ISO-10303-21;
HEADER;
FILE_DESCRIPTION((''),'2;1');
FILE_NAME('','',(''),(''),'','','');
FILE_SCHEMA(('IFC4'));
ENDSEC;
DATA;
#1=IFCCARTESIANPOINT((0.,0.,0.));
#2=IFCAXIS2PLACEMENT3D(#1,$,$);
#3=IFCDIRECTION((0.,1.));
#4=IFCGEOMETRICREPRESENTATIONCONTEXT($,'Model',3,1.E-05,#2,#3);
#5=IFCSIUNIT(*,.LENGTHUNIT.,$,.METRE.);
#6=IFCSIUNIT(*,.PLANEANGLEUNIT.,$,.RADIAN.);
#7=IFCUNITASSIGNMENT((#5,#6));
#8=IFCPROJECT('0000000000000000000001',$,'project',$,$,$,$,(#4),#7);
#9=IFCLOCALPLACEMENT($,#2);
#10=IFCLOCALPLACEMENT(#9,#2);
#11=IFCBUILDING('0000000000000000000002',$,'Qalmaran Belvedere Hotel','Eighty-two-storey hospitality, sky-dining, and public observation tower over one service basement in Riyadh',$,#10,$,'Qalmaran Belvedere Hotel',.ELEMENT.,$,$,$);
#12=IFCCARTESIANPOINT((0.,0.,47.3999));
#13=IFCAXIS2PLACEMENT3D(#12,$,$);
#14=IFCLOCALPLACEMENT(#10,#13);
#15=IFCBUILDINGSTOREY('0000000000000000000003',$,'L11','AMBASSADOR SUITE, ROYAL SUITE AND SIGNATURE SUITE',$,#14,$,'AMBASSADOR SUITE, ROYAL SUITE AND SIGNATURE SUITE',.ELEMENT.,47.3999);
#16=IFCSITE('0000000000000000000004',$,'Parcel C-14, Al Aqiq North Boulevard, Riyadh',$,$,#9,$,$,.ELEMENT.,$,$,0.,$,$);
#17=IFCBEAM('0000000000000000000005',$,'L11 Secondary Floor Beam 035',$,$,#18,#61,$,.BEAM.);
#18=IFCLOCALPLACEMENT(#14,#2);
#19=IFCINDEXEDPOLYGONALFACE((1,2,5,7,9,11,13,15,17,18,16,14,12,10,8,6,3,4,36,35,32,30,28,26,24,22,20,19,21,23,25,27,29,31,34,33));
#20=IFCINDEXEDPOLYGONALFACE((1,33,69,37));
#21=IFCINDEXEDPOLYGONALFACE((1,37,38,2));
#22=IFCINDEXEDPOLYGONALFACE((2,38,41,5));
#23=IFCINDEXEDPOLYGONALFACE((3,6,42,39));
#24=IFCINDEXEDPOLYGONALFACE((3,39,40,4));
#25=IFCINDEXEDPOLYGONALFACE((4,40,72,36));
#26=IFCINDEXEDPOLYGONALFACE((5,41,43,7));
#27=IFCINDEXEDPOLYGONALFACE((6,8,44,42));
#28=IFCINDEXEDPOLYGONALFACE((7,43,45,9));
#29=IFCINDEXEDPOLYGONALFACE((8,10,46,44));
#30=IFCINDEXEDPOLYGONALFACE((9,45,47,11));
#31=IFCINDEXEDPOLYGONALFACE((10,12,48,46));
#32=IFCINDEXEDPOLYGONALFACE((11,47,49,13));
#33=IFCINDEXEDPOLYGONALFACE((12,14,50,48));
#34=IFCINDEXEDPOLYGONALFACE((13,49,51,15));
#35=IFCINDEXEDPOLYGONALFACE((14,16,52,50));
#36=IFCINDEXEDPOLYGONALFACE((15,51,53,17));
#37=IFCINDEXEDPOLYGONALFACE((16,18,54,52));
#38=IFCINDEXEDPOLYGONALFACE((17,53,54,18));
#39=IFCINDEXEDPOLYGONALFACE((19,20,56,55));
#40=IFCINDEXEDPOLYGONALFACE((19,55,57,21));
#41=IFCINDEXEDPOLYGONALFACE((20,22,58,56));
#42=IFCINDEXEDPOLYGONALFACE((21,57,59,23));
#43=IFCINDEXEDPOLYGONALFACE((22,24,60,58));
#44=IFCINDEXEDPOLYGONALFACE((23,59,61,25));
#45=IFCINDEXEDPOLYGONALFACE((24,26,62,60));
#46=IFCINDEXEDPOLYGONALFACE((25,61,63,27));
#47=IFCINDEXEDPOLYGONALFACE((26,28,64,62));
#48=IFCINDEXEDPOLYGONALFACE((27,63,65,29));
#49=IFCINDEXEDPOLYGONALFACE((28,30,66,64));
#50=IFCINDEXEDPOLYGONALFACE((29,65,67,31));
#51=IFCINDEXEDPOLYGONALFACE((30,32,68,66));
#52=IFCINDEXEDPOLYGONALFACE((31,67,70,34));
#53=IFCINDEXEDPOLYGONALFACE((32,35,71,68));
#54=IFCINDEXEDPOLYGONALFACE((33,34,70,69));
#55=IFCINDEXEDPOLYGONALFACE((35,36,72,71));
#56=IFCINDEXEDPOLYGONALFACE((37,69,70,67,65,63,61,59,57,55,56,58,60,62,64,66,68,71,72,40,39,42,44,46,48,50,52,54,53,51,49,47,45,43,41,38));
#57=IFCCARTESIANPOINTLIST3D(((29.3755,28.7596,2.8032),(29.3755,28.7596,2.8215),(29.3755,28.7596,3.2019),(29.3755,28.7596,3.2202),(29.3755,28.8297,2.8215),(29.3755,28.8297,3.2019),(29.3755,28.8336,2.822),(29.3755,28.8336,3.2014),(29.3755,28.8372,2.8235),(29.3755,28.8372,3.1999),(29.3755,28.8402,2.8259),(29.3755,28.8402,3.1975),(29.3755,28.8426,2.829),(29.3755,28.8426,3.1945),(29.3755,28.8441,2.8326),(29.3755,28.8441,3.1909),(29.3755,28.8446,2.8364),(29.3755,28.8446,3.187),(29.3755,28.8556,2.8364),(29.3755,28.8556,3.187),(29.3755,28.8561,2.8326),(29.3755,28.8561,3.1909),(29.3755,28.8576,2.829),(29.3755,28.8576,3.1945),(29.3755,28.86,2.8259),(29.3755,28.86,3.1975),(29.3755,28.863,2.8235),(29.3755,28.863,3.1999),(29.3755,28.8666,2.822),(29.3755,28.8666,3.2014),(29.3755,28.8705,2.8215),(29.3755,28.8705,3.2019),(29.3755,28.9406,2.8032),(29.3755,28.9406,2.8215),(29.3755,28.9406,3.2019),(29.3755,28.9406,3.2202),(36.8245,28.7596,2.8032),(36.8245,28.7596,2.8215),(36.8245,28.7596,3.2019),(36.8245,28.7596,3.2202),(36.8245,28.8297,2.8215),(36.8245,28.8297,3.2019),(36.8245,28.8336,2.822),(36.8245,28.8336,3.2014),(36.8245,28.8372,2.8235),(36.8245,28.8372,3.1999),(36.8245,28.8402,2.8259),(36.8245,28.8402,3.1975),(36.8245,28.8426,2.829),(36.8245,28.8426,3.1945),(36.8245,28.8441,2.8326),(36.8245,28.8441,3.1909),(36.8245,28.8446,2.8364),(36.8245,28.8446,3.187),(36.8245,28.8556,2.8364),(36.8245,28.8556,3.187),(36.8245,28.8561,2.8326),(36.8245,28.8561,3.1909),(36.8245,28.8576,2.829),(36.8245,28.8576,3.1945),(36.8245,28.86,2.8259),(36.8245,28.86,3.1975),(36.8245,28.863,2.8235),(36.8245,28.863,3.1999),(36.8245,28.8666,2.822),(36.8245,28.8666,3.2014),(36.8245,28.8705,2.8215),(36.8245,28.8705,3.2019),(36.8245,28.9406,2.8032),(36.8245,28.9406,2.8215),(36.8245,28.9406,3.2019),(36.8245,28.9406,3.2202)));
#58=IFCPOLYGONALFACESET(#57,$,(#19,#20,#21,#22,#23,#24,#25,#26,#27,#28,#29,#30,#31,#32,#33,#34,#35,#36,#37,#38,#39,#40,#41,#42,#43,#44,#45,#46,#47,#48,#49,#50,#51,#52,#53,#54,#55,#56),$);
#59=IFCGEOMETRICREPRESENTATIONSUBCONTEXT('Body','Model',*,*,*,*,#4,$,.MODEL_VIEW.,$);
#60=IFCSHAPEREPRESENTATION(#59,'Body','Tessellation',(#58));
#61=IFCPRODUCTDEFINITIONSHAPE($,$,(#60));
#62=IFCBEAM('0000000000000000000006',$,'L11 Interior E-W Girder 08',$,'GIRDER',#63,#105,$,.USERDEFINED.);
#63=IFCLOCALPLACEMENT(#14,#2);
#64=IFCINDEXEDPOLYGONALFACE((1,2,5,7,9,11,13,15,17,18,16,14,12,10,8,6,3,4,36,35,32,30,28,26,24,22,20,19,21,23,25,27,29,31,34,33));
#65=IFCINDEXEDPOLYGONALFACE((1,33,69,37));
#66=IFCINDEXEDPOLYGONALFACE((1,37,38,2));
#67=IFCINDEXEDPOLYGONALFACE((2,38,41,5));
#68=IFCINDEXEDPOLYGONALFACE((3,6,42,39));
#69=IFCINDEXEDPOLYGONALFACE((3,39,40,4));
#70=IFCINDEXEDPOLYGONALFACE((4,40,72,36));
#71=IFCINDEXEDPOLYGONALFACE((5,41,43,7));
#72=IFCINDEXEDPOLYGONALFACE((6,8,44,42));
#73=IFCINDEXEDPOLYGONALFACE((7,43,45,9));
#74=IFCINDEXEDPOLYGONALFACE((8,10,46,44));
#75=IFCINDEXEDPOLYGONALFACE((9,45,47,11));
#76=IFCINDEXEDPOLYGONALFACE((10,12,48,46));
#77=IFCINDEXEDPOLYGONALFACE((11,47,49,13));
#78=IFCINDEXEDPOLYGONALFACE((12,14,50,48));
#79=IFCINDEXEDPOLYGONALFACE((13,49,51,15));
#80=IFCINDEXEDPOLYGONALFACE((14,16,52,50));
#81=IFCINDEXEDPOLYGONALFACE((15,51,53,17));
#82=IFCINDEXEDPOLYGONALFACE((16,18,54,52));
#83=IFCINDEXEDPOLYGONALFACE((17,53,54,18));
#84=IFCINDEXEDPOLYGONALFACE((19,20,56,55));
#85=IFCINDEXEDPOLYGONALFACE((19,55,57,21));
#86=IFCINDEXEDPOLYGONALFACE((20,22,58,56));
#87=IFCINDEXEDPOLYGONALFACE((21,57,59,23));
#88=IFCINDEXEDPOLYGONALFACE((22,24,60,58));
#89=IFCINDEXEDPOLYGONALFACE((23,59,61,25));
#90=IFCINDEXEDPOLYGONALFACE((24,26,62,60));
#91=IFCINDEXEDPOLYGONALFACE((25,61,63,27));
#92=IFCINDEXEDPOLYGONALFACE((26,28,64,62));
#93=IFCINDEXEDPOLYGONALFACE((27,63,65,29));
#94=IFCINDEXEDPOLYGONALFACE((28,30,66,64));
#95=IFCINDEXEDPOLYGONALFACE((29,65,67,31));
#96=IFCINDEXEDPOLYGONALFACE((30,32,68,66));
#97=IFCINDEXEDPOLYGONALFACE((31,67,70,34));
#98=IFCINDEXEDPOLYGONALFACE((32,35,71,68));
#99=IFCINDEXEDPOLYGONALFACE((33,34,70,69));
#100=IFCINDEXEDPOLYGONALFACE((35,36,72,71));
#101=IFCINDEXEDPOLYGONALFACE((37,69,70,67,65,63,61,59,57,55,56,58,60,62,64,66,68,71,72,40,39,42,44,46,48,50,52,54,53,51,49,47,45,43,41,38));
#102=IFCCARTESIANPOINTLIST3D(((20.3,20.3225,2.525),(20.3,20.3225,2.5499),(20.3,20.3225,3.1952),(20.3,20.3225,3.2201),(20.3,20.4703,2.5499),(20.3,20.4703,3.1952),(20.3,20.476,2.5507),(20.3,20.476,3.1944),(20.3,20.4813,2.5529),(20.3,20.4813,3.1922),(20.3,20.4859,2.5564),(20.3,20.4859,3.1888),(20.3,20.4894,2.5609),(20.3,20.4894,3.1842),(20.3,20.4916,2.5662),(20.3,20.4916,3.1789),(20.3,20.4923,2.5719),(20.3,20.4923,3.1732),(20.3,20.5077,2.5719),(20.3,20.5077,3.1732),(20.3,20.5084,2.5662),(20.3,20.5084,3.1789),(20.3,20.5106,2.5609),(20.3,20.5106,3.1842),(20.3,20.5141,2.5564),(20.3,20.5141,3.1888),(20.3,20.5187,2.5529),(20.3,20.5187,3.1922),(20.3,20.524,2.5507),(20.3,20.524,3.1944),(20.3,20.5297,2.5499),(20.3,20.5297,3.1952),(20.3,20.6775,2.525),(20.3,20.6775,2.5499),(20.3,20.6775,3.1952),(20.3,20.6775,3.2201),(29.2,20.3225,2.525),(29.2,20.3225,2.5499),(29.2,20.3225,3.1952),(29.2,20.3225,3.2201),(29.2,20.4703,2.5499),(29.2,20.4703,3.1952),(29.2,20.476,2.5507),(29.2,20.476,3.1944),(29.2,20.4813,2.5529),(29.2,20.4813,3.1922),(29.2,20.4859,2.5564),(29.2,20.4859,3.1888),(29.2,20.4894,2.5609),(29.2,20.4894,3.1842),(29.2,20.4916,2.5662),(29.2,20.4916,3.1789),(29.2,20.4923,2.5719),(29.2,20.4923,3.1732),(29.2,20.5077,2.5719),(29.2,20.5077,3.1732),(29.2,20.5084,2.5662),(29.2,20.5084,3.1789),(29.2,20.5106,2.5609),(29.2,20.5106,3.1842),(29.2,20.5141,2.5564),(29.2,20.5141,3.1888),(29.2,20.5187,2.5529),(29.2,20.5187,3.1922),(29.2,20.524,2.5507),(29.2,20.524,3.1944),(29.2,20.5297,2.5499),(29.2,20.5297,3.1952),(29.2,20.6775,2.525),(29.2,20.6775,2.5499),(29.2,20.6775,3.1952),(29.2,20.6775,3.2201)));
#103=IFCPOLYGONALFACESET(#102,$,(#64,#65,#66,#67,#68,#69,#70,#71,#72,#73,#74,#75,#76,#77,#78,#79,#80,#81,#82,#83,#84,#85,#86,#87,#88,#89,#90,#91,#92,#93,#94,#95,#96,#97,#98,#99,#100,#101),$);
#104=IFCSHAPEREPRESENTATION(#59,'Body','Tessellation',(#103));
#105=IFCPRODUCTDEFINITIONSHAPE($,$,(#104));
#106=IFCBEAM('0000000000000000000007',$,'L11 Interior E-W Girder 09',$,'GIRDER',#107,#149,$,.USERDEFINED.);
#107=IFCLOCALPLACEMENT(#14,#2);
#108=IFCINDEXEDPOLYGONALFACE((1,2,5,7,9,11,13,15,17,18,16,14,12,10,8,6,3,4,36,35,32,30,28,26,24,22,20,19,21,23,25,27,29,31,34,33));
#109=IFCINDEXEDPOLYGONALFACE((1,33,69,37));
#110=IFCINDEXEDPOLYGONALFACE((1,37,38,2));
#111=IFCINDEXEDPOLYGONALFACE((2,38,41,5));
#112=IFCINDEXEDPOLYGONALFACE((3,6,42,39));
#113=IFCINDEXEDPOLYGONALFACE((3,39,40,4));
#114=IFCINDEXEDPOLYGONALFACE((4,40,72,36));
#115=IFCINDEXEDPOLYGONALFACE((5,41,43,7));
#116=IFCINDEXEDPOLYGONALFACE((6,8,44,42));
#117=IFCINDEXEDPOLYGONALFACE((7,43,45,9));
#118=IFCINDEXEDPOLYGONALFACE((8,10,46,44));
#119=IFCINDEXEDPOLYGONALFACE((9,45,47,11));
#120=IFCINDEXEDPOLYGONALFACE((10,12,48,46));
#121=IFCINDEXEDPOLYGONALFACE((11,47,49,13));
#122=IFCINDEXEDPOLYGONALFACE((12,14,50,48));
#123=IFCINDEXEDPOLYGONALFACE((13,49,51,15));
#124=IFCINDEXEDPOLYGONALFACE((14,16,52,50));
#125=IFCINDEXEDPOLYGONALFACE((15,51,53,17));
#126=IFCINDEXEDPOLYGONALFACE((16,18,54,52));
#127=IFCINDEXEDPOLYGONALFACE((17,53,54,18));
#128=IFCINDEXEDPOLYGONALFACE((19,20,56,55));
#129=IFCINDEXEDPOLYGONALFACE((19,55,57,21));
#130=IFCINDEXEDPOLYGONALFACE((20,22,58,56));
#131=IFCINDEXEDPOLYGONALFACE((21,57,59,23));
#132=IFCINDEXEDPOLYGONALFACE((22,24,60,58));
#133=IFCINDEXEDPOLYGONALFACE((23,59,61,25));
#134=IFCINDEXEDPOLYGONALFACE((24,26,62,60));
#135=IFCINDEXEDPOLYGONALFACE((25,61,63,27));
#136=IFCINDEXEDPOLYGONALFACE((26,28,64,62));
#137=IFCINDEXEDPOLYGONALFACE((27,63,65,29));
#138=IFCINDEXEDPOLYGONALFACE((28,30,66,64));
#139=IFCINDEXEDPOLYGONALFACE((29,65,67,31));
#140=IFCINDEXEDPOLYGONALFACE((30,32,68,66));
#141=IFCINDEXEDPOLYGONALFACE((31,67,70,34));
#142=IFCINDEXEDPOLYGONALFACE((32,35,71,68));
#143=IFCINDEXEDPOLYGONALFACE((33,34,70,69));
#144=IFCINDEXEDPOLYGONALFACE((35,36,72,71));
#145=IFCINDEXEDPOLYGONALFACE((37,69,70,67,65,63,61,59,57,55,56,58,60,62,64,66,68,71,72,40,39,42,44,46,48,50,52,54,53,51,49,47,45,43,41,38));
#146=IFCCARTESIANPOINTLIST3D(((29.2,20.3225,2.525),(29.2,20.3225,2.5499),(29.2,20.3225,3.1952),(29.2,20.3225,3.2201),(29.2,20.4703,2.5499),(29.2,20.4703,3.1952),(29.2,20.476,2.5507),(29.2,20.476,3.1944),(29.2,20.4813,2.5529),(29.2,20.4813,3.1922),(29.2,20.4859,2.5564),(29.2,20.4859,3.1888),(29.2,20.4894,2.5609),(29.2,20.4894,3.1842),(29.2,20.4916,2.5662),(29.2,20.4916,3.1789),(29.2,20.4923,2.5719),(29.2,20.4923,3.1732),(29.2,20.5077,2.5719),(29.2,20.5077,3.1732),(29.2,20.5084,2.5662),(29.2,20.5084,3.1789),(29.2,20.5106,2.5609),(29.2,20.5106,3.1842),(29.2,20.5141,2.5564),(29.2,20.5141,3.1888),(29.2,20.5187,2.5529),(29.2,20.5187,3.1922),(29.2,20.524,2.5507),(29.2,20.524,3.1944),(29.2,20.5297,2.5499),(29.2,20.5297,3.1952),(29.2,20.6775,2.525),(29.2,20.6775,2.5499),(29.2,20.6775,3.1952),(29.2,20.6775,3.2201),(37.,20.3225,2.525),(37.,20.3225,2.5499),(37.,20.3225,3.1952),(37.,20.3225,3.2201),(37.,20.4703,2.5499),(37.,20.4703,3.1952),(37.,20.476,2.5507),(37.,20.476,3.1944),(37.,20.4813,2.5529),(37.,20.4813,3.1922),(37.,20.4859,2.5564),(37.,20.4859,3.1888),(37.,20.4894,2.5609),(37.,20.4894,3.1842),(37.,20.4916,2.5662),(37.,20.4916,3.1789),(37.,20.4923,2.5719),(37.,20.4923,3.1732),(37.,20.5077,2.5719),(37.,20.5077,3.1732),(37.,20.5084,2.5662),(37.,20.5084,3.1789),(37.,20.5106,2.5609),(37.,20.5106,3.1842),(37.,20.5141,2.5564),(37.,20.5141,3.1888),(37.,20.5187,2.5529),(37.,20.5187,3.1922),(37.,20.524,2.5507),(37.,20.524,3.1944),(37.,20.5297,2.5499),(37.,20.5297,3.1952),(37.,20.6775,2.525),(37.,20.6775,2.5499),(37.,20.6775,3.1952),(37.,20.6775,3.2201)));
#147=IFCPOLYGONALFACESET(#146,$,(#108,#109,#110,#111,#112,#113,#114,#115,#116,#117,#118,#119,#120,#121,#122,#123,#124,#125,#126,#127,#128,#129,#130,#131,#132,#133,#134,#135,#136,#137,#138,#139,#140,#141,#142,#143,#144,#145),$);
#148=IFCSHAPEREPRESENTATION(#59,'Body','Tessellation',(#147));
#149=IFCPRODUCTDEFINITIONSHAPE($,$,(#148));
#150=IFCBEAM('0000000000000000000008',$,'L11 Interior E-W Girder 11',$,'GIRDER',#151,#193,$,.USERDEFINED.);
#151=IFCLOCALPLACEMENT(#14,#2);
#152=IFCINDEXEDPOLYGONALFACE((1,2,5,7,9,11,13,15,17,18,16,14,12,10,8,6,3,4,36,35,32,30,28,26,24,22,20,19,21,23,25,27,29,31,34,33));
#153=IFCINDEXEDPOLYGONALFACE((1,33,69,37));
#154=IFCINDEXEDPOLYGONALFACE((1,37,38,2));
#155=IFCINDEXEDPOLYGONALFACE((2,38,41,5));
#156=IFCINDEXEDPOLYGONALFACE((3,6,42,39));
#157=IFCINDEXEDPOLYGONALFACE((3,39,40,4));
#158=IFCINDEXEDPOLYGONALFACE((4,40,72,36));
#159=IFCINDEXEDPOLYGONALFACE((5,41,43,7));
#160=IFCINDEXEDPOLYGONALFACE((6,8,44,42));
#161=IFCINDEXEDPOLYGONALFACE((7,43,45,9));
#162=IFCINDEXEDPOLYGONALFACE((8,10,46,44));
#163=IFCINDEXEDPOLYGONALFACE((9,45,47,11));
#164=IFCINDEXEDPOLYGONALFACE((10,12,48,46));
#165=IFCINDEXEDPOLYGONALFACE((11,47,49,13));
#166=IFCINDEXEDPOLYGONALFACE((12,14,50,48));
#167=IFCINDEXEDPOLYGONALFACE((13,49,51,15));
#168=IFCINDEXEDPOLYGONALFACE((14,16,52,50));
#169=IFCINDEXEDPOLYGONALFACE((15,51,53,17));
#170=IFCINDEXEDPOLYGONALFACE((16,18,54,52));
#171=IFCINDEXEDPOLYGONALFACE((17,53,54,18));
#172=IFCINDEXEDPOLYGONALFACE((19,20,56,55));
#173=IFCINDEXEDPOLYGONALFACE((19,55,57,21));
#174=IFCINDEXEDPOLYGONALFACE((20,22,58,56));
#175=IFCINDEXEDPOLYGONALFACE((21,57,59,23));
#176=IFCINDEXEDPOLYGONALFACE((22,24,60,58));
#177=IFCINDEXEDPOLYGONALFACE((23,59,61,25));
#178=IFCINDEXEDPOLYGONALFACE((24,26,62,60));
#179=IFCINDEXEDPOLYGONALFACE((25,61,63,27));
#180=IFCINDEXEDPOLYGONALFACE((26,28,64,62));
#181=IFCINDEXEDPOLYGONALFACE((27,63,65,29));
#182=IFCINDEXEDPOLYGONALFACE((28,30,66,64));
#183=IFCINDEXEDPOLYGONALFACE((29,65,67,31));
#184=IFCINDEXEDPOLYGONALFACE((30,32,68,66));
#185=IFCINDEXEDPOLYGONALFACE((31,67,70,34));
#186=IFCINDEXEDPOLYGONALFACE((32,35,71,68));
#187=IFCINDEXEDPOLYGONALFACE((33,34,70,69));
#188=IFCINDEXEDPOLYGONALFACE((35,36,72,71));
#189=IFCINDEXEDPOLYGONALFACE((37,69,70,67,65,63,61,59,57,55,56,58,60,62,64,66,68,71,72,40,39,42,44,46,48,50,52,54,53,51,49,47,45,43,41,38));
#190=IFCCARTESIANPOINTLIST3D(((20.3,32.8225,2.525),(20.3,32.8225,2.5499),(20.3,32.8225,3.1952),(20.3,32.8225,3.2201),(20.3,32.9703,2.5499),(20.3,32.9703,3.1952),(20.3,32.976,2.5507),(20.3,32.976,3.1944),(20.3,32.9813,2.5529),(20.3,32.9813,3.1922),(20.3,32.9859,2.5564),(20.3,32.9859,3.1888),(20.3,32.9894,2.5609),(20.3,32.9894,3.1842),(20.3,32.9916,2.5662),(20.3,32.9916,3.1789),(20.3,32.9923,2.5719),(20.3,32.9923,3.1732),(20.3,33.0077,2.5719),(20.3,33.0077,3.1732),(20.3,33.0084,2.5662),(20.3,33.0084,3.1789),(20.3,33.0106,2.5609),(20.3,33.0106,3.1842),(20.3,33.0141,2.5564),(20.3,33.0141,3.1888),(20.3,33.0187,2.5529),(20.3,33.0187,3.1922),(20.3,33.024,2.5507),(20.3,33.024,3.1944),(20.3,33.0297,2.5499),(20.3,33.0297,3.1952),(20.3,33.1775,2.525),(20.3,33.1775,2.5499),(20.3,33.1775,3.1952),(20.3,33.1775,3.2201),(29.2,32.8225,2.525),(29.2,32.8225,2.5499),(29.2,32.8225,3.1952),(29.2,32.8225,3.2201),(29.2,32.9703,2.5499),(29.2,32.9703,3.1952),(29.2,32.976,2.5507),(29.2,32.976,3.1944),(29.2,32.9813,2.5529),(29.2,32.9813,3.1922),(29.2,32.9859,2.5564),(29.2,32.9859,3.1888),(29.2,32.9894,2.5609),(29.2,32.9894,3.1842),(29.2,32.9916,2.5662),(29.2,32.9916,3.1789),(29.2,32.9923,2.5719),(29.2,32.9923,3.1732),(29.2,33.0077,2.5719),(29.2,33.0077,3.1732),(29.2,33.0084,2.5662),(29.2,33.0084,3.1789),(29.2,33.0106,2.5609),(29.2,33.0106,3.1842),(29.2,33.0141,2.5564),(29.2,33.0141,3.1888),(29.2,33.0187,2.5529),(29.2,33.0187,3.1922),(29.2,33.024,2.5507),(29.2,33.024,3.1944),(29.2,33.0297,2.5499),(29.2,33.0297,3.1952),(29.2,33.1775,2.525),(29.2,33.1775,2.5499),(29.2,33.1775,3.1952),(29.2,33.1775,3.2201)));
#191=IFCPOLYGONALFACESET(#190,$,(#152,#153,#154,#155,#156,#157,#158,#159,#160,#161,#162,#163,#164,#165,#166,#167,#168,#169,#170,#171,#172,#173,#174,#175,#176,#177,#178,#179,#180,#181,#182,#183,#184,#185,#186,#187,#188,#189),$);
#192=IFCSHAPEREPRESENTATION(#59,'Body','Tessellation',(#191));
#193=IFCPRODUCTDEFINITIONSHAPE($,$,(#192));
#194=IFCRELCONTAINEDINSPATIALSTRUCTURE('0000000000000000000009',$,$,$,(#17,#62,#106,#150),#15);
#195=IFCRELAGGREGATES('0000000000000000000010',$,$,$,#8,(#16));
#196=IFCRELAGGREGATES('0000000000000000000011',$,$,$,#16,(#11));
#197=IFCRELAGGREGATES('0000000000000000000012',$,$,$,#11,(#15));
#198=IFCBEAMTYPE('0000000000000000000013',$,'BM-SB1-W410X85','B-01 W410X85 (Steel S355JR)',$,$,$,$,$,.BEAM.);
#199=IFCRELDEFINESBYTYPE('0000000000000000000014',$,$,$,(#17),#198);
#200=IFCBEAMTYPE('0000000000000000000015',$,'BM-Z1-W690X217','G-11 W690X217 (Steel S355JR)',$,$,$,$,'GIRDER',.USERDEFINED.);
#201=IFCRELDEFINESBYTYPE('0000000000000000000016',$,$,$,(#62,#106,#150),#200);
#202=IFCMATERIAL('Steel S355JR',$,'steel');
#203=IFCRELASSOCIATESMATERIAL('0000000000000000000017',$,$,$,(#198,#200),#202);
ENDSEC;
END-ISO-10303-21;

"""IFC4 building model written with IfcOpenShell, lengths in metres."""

from ifc_helpers import new_model, si_unit, direction, frame, origin, origin_2d, place, context, subcontext, project, spatial, i_section, extrude, material, material_profile, profile_set, type_object, element, save


model = new_model("IFC4")

# Units and contexts
model_context = context("Model", 3, precision=1e-05, world=origin(), true_north=direction((0.0, 1.0)))
body_context = subcontext(model_context, "Body", "Model", "MODEL_VIEW")
ifc_project = project(units=[si_unit("LENGTHUNIT", "METRE"), si_unit("PLANEANGLEUNIT", "RADIAN")], contexts=[model_context])

# Site, building, storey
site_placement = place(None, origin())
site = spatial("IfcSite", under=ifc_project, at=site_placement, Name="Parcel C-14, Al Aqiq North Boulevard, Riyadh", CompositionType="ELEMENT", RefElevation=0.0)
building_placement = place(site_placement, origin())
building = spatial("IfcBuilding", under=site, at=building_placement, Name="Qalmaran Belvedere Hotel", Description="Eighty-two-storey hospitality, sky-dining, and public observation tower over one service basement in Riyadh", LongName="Qalmaran Belvedere Hotel", CompositionType="ELEMENT")
storey_placement = place(building_placement, frame((0.0, 0.0, 47.3999)))
storey = spatial("IfcBuildingStorey", under=building, at=storey_placement, Name="L11", Description="AMBASSADOR SUITE, ROYAL SUITE AND SIGNATURE SUITE", LongName="AMBASSADOR SUITE, ROYAL SUITE AND SIGNATURE SUITE", CompositionType="ELEMENT", Elevation=47.3999)

# Beams
ifc_material_1 = material(Name="Steel S355JR", Category="steel")
ifc_material_profile_1 = material_profile(ifc_material_1, i_section(OverallWidth=0.1809, OverallDepth=0.417, WebThickness=0.011, FlangeThickness=0.0183, FilletRadius=0.0149, at=origin_2d()), Name="W410X85")
ifc_profile_set_1 = profile_set([ifc_material_profile_1], Name="Steel S355JR")
beam_type_1 = type_object("IfcBeamType", Name="BM-SB1-W410X85", Description="B-01 W410X85 (Steel S355JR)", PredefinedType="BEAM", material=ifc_profile_set_1)
beam_1_placement = place(storey_placement, frame((29.3755, 28.8501, 3.0117), z_axis=(1.0, 0.0, 0.0), x_axis=(0.0, 1.0, 0.0)))
element("IfcBeam", 1, at=beam_1_placement, inside=storey, type_object=beam_type_1, Name="L11 Secondary Floor Beam 035", PredefinedType="BEAM", context=body_context, shape_type="SweptSolid", body=[
    extrude(i_section(OverallWidth=0.1809, OverallDepth=0.417, WebThickness=0.011, FlangeThickness=0.0183, FilletRadius=0.0149, at=origin_2d()), origin(), (0.0, 0.0, 1.0), 7.449),
])
ifc_material_profile_2 = material_profile(ifc_material_1, i_section(OverallWidth=0.355, OverallDepth=0.6951, WebThickness=0.0154, FlangeThickness=0.0249, FilletRadius=0.022, at=origin_2d()), Name="W690X217")
ifc_profile_set_2 = profile_set([ifc_material_profile_2], Name="Steel S355JR")
beam_type_2 = type_object("IfcBeamType", Name="BM-Z1-W690X217", Description="G-11 W690X217 (Steel S355JR)", ElementType="GIRDER", PredefinedType="USERDEFINED", material=ifc_profile_set_2)
beam_2_placement = place(storey_placement, frame((20.3, 20.5, 2.8726), z_axis=(1.0, 0.0, 0.0), x_axis=(0.0, 1.0, 0.0)))
element("IfcBeam", 2, at=beam_2_placement, inside=storey, type_object=beam_type_2, Name="L11 Interior E-W Girder 08", ObjectType="GIRDER", PredefinedType="USERDEFINED", context=body_context, shape_type="SweptSolid", body=[
    extrude(i_section(OverallWidth=0.355, OverallDepth=0.6951, WebThickness=0.0154, FlangeThickness=0.0249, FilletRadius=0.022, at=origin_2d()), origin(), (0.0, 0.0, 1.0), 8.8999),
])
beam_3_placement = place(storey_placement, frame((29.2, 20.5, 2.8726), z_axis=(1.0, 0.0, 0.0), x_axis=(0.0, 1.0, 0.0)))
element("IfcBeam", 3, at=beam_3_placement, inside=storey, type_object=beam_type_2, Name="L11 Interior E-W Girder 09", ObjectType="GIRDER", PredefinedType="USERDEFINED", context=body_context, shape_type="SweptSolid", body=[
    extrude(i_section(OverallWidth=0.355, OverallDepth=0.6951, WebThickness=0.0154, FlangeThickness=0.0249, FilletRadius=0.022, at=origin_2d()), origin(), (0.0, 0.0, 1.0), 7.8),
])
beam_4_placement = place(storey_placement, frame((20.3, 33.0, 2.8726), z_axis=(1.0, 0.0, 0.0), x_axis=(0.0, 1.0, 0.0)))
element("IfcBeam", 4, at=beam_4_placement, inside=storey, type_object=beam_type_2, Name="L11 Interior E-W Girder 11", ObjectType="GIRDER", PredefinedType="USERDEFINED", context=body_context, shape_type="SweptSolid", body=[
    extrude(i_section(OverallWidth=0.355, OverallDepth=0.6951, WebThickness=0.0154, FlangeThickness=0.0249, FilletRadius=0.022, at=origin_2d()), origin(), (0.0, 0.0, 1.0), 8.8999),
])

save(model, "model.ifc")
